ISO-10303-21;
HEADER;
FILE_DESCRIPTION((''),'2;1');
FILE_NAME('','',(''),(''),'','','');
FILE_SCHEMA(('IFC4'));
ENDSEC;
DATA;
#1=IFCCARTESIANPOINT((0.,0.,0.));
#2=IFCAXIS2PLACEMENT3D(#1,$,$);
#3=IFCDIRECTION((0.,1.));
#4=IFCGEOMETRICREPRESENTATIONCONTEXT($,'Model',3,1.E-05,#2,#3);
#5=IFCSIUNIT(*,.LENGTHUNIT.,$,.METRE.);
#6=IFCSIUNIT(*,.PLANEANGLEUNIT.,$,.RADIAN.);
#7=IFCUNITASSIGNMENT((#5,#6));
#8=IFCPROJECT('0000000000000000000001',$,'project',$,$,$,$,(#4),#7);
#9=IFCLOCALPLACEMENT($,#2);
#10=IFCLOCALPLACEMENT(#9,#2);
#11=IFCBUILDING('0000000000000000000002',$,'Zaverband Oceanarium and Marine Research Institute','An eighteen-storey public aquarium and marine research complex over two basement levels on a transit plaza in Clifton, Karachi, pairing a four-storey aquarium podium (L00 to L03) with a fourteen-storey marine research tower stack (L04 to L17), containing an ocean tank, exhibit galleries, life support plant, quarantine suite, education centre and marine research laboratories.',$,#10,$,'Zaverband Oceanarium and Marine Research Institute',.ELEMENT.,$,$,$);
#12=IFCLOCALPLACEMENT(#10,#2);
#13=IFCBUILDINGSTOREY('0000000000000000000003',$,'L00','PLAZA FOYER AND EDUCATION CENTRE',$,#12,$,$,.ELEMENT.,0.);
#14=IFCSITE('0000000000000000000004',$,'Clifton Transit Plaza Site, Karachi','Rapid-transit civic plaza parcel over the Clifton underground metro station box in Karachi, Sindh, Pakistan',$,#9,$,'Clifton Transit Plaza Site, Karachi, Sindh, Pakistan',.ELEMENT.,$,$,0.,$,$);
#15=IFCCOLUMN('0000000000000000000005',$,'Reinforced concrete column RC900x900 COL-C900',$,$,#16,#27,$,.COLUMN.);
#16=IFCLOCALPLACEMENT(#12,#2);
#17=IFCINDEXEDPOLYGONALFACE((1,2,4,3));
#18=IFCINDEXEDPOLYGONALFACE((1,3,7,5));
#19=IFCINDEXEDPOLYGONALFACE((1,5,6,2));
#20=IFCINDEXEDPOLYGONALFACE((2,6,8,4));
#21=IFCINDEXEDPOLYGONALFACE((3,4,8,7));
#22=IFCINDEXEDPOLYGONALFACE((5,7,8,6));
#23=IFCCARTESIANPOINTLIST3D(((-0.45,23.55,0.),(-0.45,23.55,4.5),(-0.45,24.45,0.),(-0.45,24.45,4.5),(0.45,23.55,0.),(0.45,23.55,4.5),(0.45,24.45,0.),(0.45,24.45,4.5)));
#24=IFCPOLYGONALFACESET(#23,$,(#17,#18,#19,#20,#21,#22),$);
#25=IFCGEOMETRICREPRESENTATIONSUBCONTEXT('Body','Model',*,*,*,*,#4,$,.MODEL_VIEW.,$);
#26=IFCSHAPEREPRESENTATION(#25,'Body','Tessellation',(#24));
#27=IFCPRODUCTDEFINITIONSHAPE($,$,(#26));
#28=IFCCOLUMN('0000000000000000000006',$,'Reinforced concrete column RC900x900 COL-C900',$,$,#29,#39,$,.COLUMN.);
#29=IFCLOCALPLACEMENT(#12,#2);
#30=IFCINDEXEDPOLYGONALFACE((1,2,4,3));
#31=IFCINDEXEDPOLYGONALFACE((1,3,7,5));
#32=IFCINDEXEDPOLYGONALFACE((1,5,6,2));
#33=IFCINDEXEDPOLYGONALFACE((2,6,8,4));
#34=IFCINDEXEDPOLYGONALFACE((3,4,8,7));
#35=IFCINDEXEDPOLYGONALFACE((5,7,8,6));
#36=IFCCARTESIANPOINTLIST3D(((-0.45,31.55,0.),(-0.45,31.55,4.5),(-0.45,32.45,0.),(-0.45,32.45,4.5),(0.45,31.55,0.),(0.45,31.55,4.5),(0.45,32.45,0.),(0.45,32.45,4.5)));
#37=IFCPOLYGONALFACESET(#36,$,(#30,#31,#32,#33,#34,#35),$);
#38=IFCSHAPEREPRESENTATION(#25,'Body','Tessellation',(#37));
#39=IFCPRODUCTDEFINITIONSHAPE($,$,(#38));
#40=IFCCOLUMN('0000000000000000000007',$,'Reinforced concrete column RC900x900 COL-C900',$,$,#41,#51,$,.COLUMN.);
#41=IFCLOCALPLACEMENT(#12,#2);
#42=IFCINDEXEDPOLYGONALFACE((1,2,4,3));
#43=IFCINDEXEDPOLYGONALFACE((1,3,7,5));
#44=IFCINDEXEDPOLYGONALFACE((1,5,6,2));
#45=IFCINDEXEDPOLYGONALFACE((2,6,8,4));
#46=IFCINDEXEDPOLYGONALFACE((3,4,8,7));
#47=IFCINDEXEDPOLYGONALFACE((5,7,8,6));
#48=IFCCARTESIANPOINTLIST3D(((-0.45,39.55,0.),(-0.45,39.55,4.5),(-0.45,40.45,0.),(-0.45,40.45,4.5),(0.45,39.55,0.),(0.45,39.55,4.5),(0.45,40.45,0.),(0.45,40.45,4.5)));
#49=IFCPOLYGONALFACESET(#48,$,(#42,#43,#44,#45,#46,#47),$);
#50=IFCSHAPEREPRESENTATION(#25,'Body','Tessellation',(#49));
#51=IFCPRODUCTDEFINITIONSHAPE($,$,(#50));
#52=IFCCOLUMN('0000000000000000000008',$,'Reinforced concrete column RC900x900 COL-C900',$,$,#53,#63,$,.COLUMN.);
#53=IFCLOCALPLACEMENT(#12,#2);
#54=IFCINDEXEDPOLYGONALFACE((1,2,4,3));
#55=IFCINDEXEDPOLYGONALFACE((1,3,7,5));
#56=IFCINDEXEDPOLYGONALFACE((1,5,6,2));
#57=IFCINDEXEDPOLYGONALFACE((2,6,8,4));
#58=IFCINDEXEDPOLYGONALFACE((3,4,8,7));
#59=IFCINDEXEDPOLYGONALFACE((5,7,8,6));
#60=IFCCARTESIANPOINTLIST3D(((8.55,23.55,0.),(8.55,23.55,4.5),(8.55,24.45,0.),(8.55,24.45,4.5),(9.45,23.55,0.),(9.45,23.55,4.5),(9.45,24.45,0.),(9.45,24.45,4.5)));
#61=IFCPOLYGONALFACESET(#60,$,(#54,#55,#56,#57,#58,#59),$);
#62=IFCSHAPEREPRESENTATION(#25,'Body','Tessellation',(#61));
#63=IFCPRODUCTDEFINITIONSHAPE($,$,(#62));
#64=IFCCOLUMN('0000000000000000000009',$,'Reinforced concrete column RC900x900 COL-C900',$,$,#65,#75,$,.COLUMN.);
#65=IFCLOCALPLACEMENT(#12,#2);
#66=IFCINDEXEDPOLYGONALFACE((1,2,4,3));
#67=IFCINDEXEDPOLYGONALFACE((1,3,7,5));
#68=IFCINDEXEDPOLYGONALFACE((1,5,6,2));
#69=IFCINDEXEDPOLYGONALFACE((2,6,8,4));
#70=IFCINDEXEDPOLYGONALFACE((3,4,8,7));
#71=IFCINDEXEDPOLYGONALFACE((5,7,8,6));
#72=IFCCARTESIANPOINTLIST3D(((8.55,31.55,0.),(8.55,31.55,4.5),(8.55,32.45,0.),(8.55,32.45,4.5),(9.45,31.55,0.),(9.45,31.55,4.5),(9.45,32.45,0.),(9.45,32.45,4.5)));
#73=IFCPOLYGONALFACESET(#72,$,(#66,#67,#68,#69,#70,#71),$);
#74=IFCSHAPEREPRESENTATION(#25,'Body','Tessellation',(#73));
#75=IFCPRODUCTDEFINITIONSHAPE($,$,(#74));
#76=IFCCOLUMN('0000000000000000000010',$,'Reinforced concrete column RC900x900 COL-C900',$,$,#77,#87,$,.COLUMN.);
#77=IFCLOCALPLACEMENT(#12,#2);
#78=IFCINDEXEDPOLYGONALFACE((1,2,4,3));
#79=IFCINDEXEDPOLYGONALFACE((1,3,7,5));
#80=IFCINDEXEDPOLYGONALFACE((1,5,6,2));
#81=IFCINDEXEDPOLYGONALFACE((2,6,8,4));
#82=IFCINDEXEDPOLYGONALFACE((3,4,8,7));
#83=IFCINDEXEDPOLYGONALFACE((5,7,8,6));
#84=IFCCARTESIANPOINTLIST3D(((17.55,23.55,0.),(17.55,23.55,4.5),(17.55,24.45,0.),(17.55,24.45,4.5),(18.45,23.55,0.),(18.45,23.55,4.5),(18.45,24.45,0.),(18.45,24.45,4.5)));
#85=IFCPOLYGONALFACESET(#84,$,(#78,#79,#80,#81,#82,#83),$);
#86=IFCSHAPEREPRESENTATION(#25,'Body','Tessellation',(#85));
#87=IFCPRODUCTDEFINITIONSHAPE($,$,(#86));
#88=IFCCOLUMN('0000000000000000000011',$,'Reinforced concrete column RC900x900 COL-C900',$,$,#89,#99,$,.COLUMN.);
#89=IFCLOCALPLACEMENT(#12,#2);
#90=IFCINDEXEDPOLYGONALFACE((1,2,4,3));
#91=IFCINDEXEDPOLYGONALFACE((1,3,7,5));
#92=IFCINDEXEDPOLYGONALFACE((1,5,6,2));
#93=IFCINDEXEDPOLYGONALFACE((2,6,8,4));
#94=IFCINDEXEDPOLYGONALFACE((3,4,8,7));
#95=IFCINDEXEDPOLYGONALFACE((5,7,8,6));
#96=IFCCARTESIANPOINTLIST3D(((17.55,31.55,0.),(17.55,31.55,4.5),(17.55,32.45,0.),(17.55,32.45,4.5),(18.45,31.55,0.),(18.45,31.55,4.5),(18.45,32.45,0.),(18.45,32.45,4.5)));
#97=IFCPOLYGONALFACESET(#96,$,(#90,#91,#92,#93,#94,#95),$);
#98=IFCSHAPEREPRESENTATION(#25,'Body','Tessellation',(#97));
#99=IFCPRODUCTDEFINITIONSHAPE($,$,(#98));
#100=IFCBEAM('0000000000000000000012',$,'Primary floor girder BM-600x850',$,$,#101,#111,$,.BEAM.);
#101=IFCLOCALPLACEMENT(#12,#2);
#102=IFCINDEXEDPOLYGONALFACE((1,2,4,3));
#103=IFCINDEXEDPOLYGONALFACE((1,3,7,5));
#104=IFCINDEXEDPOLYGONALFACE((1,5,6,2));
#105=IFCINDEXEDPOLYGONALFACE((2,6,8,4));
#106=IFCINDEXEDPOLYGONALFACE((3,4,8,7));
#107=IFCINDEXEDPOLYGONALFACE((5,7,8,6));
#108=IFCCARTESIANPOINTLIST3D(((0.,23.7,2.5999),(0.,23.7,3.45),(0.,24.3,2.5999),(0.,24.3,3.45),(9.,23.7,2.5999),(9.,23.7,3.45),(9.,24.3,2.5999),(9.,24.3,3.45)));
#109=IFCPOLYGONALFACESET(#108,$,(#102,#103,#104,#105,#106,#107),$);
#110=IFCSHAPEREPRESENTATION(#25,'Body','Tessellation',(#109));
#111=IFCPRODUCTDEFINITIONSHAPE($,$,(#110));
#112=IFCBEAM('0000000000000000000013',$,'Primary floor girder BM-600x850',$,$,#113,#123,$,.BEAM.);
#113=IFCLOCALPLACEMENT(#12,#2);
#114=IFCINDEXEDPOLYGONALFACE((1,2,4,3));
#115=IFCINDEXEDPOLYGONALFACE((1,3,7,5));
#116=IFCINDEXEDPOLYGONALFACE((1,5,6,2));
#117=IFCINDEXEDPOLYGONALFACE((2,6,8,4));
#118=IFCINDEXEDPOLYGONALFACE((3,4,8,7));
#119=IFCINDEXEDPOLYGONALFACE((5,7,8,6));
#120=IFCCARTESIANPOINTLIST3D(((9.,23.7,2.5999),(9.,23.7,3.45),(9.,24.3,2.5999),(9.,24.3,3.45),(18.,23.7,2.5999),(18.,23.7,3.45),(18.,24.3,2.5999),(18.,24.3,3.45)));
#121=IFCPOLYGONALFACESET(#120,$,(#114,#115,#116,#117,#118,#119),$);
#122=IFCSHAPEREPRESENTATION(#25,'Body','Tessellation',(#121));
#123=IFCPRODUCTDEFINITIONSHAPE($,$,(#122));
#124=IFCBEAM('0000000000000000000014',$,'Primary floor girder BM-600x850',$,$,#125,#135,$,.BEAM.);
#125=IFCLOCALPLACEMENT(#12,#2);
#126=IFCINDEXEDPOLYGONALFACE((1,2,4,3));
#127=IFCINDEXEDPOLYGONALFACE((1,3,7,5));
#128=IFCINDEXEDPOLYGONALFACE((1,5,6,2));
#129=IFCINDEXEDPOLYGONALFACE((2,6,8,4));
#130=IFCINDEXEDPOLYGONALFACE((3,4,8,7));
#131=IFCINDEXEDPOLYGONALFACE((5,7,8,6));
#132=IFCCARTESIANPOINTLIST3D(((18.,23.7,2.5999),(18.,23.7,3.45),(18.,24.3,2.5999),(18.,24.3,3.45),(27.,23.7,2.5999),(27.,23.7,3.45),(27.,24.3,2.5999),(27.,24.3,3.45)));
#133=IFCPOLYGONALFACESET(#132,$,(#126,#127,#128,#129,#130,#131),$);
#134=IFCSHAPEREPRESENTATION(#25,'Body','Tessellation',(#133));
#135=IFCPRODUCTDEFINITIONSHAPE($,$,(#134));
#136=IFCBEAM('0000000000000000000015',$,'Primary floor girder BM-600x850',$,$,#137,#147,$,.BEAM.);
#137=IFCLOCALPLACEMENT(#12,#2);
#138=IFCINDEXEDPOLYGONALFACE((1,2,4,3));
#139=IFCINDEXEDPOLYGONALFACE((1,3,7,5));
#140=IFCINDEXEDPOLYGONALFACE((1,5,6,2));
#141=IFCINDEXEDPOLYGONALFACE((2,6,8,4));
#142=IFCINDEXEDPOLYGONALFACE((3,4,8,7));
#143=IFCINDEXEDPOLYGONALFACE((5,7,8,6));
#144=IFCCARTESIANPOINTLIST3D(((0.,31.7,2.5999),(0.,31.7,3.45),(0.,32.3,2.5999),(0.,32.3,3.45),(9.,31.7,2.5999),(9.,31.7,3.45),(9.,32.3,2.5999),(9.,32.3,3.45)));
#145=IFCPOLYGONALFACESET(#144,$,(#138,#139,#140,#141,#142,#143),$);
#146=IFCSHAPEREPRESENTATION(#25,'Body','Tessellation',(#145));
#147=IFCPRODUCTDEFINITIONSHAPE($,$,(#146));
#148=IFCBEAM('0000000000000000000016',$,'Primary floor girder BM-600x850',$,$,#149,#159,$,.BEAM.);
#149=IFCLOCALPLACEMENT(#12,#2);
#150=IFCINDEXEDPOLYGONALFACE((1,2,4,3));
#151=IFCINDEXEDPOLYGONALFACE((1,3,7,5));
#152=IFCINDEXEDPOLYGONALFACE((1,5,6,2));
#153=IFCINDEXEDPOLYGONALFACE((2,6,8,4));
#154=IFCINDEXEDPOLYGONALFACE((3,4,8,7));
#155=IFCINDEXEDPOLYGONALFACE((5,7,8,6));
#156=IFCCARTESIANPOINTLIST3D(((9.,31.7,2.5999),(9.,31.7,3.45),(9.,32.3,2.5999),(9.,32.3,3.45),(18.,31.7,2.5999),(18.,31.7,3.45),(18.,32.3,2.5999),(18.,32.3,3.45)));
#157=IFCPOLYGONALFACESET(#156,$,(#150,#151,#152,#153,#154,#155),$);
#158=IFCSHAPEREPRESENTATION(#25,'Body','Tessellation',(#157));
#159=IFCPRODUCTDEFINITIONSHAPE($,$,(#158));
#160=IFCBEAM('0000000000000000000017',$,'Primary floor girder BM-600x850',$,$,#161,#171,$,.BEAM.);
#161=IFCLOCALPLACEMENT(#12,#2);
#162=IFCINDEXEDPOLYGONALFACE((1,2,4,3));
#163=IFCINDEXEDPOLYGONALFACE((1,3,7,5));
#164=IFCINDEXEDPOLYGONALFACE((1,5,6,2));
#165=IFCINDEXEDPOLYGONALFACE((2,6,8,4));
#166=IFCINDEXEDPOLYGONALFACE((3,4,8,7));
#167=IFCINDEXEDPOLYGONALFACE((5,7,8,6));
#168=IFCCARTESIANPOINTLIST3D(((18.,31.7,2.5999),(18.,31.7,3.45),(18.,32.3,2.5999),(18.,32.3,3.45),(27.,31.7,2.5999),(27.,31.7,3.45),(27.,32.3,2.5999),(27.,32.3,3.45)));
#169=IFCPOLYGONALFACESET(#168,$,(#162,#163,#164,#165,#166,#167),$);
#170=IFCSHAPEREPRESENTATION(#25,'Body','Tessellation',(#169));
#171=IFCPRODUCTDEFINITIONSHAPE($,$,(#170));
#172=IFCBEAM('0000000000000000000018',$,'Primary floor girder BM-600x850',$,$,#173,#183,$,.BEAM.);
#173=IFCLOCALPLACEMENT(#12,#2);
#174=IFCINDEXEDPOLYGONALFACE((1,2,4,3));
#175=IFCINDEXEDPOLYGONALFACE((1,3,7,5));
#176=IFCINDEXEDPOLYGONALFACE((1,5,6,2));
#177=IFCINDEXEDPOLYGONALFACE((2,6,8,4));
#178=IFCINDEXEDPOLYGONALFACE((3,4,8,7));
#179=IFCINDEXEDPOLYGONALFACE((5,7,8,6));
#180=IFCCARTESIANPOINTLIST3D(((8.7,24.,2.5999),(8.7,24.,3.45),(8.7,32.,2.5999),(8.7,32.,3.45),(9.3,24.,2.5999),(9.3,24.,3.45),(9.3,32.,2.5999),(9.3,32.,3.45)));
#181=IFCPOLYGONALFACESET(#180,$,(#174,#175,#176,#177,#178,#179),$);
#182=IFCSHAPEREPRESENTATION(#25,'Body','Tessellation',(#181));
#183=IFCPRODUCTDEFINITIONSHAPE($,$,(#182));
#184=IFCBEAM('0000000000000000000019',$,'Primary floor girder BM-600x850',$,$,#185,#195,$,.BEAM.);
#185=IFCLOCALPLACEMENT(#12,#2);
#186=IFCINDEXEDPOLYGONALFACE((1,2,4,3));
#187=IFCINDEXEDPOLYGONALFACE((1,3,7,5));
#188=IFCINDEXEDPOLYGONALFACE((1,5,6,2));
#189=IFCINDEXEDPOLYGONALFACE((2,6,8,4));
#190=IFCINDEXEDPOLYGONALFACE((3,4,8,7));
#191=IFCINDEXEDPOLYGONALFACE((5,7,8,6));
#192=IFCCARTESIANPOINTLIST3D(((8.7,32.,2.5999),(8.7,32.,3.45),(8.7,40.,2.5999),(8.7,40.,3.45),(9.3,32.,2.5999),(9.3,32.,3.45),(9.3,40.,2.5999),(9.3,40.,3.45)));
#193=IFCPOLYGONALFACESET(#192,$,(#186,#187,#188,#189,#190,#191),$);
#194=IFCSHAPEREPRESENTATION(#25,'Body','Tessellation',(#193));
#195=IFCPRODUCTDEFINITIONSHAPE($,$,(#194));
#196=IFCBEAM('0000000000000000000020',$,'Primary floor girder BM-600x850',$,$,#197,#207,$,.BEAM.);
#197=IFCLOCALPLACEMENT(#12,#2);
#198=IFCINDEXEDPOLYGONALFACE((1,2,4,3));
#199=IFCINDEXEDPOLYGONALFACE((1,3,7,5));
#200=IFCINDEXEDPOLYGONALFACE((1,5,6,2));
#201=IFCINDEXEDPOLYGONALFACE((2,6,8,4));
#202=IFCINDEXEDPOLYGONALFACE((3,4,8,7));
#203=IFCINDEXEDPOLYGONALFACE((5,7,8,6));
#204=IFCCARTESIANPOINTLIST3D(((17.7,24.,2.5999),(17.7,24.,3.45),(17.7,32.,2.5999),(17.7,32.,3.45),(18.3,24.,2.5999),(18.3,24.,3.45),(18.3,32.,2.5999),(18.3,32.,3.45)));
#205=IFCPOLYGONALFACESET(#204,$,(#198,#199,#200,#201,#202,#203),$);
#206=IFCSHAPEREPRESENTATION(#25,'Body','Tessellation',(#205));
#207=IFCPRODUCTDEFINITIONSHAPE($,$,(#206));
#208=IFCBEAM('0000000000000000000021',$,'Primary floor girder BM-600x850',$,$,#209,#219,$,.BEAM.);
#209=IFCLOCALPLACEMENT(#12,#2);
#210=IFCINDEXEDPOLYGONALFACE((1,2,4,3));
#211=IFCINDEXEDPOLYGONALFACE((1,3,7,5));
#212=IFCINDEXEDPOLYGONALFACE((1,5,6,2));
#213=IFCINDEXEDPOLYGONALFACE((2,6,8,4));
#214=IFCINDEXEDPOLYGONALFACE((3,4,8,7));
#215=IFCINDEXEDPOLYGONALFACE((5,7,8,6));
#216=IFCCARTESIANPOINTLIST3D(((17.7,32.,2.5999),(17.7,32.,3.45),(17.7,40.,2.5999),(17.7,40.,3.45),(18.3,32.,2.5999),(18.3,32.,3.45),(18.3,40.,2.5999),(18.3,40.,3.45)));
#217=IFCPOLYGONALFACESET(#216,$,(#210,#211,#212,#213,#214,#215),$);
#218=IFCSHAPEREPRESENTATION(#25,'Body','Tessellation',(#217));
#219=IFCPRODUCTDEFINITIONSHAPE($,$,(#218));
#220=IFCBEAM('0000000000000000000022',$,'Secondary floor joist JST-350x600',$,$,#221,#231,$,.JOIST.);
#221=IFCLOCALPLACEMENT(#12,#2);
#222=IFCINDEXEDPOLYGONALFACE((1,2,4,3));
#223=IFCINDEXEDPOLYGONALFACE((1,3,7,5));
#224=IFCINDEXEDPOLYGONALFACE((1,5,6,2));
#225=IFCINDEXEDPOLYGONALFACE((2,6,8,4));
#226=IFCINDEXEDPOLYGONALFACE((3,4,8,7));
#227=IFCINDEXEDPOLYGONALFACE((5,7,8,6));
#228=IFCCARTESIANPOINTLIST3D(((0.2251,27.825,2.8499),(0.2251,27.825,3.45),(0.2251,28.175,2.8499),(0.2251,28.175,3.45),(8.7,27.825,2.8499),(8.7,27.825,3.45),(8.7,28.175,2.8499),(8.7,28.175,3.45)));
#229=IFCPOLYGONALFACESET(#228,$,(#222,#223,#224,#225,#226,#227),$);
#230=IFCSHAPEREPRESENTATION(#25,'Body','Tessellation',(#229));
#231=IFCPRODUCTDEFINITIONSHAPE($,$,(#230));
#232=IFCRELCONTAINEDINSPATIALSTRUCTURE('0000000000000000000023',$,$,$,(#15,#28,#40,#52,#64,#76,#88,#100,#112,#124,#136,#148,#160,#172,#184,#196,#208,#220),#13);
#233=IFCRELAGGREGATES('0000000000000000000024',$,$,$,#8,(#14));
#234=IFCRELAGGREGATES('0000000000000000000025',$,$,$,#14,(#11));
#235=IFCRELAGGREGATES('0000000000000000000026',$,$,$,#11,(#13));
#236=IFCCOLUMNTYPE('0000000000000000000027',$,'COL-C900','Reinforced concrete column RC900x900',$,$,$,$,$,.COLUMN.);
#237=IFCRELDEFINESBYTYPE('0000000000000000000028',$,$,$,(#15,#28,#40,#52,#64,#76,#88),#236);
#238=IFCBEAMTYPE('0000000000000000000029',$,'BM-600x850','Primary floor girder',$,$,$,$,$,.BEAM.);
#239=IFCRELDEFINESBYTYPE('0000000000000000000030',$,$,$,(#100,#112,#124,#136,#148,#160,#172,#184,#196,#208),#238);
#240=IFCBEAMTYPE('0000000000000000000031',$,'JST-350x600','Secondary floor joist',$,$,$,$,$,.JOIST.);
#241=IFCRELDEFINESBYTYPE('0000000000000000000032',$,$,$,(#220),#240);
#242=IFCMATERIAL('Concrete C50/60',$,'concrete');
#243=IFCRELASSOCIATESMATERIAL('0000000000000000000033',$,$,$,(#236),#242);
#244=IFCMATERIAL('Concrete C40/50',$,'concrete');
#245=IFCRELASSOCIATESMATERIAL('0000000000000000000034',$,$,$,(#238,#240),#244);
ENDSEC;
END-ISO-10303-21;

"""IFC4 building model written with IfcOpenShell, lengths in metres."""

from ifc_helpers import new_model, si_unit, direction, frame, origin, origin_2d, place, context, subcontext, project, spatial, rectangle, extrude, material, material_profile, profile_set, type_object, element, save


model = new_model("IFC4")

# Units and contexts
model_context = context("Model", 3, precision=1e-05, world=origin(), true_north=direction((0.0, 1.0)))
body_context = subcontext(model_context, "Body", "Model", "MODEL_VIEW")
ifc_project = project(units=[si_unit("LENGTHUNIT", "METRE"), si_unit("PLANEANGLEUNIT", "RADIAN")], contexts=[model_context])

# Site, building, storey
site_placement = place(None, origin())
site = spatial("IfcSite", under=ifc_project, at=site_placement, Name="Clifton Transit Plaza Site, Karachi", Description="Rapid-transit civic plaza parcel over the Clifton underground metro station box in Karachi, Sindh, Pakistan", LongName="Clifton Transit Plaza Site, Karachi, Sindh, Pakistan", CompositionType="ELEMENT", RefElevation=0.0)
building_placement = place(site_placement, origin())
building = spatial("IfcBuilding", under=site, at=building_placement, Name="Zaverband Oceanarium and Marine Research Institute", Description="An eighteen-storey public aquarium and marine research complex over two basement levels on a transit plaza in Clifton, Karachi, pairing a four-storey aquarium podium (L00 to L03) with a fourteen-storey marine research tower stack (L04 to L17), containing an ocean tank, exhibit galleries, life support plant, quarantine suite, education centre and marine research laboratories.", LongName="Zaverband Oceanarium and Marine Research Institute", CompositionType="ELEMENT")
storey_placement = place(building_placement, origin())
storey = spatial("IfcBuildingStorey", under=building, at=storey_placement, Name="L00", Description="PLAZA FOYER AND EDUCATION CENTRE", CompositionType="ELEMENT", Elevation=0.0)

# Columns
ifc_material_1 = material(Name="Concrete C50/60", Category="concrete")
ifc_material_profile_1 = material_profile(ifc_material_1, rectangle(XDim=0.8999, YDim=0.8999, at=origin_2d()), Name="RC900x900")
ifc_profile_set_1 = profile_set([ifc_material_profile_1], Name="Concrete C50/60")
column_type = type_object("IfcColumnType", Name="COL-C900", Description="Reinforced concrete column RC900x900", PredefinedType="COLUMN", material=ifc_profile_set_1)
for number, where, z_axis, x_axis, name in (
    (1, (0.0, 24.0, 0.0), (0.0, 0.0, 1.0), (1.0, 0.0, 0.0), "Reinforced concrete column RC900x900 COL-C900"),
    (2, (0.0, 32.0, 0.0), (0.0, 0.0, 1.0), (1.0, 0.0, 0.0), "Reinforced concrete column RC900x900 COL-C900"),
    (3, (0.0, 40.0, 0.0), (0.0, 0.0, 1.0), (1.0, 0.0, 0.0), "Reinforced concrete column RC900x900 COL-C900"),
    (4, (9.0, 24.0, 0.0), (0.0, 0.0, 1.0), (1.0, 0.0, 0.0), "Reinforced concrete column RC900x900 COL-C900"),
    (5, (9.0, 32.0, 0.0), (0.0, 0.0, 1.0), (1.0, 0.0, 0.0), "Reinforced concrete column RC900x900 COL-C900"),
    (6, (18.0, 24.0, 0.0), (0.0, 0.0, 1.0), (1.0, 0.0, 0.0), "Reinforced concrete column RC900x900 COL-C900"),
    (7, (18.0, 32.0, 0.0), (0.0, 0.0, 1.0), (1.0, 0.0, 0.0), "Reinforced concrete column RC900x900 COL-C900"),
):
    element("IfcColumn", number, at=place(storey_placement, frame(where, z_axis=z_axis, x_axis=x_axis)), inside=storey, type_object=column_type, Name=name, PredefinedType="COLUMN", context=body_context, shape_type="SweptSolid", body=[
        extrude(rectangle(XDim=0.8999, YDim=0.8999, at=origin_2d()), origin(), (0.0, 0.0, 1.0), 4.5),
    ])

# Beams
ifc_material_2 = material(Name="Concrete C40/50", Category="concrete")
ifc_material_profile_2 = material_profile(ifc_material_2, rectangle(XDim=0.6001, YDim=0.8501, at=origin_2d()), Name="RC600x850")
ifc_profile_set_2 = profile_set([ifc_material_profile_2], Name="Concrete C40/50")
beam_type_1 = type_object("IfcBeamType", Name="BM-600x850", Description="Primary floor girder", PredefinedType="BEAM", material=ifc_profile_set_2)
for number, where, z_axis, x_axis, name in (
    (8, (0.0, 24.0, 3.0249), (1.0, 0.0, 0.0), (0.0, 1.0, 0.0), "Primary floor girder BM-600x850"),
    (9, (9.0, 24.0, 3.0249), (1.0, 0.0, 0.0), (0.0, 1.0, 0.0), "Primary floor girder BM-600x850"),
    (10, (18.0, 24.0, 3.0249), (1.0, 0.0, 0.0), (0.0, 1.0, 0.0), "Primary floor girder BM-600x850"),
    (11, (0.0, 32.0, 3.0249), (1.0, 0.0, 0.0), (0.0, 1.0, 0.0), "Primary floor girder BM-600x850"),
    (12, (9.0, 32.0, 3.0249), (1.0, 0.0, 0.0), (0.0, 1.0, 0.0), "Primary floor girder BM-600x850"),
    (13, (18.0, 32.0, 3.0249), (1.0, 0.0, 0.0), (0.0, 1.0, 0.0), "Primary floor girder BM-600x850"),
):
    element("IfcBeam", number, at=place(storey_placement, frame(where, z_axis=z_axis, x_axis=x_axis)), inside=storey, type_object=beam_type_1, Name=name, PredefinedType="BEAM", context=body_context, shape_type="SweptSolid", body=[
        extrude(rectangle(XDim=0.6001, YDim=0.8501, at=origin_2d()), origin(), (0.0, 0.0, 1.0), 9.0),
    ])
for number, where, z_axis, x_axis, name in (
    (14, (9.0, 24.0, 3.0249), (0.0, 1.0, 0.0), (-1.0, 0.0, 0.0), "Primary floor girder BM-600x850"),
    (15, (9.0, 32.0, 3.0249), (0.0, 1.0, 0.0), (-1.0, 0.0, 0.0), "Primary floor girder BM-600x850"),
    (16, (18.0, 24.0, 3.0249), (0.0, 1.0, 0.0), (-1.0, 0.0, 0.0), "Primary floor girder BM-600x850"),
    (17, (18.0, 32.0, 3.0249), (0.0, 1.0, 0.0), (-1.0, 0.0, 0.0), "Primary floor girder BM-600x850"),
):
    element("IfcBeam", number, at=place(storey_placement, frame(where, z_axis=z_axis, x_axis=x_axis)), inside=storey, type_object=beam_type_1, Name=name, PredefinedType="BEAM", context=body_context, shape_type="SweptSolid", body=[
        extrude(rectangle(XDim=0.6001, YDim=0.8501, at=origin_2d()), origin(), (0.0, 0.0, 1.0), 8.0),
    ])
ifc_material_profile_3 = material_profile(ifc_material_2, rectangle(XDim=0.3501, YDim=0.6001, at=origin_2d()), Name="RC350x600")
ifc_profile_set_3 = profile_set([ifc_material_profile_3], Name="Concrete C40/50")
beam_type_2 = type_object("IfcBeamType", Name="JST-350x600", Description="Secondary floor joist", PredefinedType="JOIST", material=ifc_profile_set_3)
for number, where, z_axis, x_axis, name in (
    (18, (0.2251, 28.0, 3.1499), (1.0, 0.0, 0.0), (0.0, 1.0, 0.0), "Secondary floor joist JST-350x600"),
):
    element("IfcBeam", number, at=place(storey_placement, frame(where, z_axis=z_axis, x_axis=x_axis)), inside=storey, type_object=beam_type_2, Name=name, PredefinedType="JOIST", context=body_context, shape_type="SweptSolid", body=[
        extrude(rectangle(XDim=0.3501, YDim=0.6001, at=origin_2d()), origin(), (0.0, 0.0, 1.0), 8.4749),
    ])

save(model, "model.ifc")
